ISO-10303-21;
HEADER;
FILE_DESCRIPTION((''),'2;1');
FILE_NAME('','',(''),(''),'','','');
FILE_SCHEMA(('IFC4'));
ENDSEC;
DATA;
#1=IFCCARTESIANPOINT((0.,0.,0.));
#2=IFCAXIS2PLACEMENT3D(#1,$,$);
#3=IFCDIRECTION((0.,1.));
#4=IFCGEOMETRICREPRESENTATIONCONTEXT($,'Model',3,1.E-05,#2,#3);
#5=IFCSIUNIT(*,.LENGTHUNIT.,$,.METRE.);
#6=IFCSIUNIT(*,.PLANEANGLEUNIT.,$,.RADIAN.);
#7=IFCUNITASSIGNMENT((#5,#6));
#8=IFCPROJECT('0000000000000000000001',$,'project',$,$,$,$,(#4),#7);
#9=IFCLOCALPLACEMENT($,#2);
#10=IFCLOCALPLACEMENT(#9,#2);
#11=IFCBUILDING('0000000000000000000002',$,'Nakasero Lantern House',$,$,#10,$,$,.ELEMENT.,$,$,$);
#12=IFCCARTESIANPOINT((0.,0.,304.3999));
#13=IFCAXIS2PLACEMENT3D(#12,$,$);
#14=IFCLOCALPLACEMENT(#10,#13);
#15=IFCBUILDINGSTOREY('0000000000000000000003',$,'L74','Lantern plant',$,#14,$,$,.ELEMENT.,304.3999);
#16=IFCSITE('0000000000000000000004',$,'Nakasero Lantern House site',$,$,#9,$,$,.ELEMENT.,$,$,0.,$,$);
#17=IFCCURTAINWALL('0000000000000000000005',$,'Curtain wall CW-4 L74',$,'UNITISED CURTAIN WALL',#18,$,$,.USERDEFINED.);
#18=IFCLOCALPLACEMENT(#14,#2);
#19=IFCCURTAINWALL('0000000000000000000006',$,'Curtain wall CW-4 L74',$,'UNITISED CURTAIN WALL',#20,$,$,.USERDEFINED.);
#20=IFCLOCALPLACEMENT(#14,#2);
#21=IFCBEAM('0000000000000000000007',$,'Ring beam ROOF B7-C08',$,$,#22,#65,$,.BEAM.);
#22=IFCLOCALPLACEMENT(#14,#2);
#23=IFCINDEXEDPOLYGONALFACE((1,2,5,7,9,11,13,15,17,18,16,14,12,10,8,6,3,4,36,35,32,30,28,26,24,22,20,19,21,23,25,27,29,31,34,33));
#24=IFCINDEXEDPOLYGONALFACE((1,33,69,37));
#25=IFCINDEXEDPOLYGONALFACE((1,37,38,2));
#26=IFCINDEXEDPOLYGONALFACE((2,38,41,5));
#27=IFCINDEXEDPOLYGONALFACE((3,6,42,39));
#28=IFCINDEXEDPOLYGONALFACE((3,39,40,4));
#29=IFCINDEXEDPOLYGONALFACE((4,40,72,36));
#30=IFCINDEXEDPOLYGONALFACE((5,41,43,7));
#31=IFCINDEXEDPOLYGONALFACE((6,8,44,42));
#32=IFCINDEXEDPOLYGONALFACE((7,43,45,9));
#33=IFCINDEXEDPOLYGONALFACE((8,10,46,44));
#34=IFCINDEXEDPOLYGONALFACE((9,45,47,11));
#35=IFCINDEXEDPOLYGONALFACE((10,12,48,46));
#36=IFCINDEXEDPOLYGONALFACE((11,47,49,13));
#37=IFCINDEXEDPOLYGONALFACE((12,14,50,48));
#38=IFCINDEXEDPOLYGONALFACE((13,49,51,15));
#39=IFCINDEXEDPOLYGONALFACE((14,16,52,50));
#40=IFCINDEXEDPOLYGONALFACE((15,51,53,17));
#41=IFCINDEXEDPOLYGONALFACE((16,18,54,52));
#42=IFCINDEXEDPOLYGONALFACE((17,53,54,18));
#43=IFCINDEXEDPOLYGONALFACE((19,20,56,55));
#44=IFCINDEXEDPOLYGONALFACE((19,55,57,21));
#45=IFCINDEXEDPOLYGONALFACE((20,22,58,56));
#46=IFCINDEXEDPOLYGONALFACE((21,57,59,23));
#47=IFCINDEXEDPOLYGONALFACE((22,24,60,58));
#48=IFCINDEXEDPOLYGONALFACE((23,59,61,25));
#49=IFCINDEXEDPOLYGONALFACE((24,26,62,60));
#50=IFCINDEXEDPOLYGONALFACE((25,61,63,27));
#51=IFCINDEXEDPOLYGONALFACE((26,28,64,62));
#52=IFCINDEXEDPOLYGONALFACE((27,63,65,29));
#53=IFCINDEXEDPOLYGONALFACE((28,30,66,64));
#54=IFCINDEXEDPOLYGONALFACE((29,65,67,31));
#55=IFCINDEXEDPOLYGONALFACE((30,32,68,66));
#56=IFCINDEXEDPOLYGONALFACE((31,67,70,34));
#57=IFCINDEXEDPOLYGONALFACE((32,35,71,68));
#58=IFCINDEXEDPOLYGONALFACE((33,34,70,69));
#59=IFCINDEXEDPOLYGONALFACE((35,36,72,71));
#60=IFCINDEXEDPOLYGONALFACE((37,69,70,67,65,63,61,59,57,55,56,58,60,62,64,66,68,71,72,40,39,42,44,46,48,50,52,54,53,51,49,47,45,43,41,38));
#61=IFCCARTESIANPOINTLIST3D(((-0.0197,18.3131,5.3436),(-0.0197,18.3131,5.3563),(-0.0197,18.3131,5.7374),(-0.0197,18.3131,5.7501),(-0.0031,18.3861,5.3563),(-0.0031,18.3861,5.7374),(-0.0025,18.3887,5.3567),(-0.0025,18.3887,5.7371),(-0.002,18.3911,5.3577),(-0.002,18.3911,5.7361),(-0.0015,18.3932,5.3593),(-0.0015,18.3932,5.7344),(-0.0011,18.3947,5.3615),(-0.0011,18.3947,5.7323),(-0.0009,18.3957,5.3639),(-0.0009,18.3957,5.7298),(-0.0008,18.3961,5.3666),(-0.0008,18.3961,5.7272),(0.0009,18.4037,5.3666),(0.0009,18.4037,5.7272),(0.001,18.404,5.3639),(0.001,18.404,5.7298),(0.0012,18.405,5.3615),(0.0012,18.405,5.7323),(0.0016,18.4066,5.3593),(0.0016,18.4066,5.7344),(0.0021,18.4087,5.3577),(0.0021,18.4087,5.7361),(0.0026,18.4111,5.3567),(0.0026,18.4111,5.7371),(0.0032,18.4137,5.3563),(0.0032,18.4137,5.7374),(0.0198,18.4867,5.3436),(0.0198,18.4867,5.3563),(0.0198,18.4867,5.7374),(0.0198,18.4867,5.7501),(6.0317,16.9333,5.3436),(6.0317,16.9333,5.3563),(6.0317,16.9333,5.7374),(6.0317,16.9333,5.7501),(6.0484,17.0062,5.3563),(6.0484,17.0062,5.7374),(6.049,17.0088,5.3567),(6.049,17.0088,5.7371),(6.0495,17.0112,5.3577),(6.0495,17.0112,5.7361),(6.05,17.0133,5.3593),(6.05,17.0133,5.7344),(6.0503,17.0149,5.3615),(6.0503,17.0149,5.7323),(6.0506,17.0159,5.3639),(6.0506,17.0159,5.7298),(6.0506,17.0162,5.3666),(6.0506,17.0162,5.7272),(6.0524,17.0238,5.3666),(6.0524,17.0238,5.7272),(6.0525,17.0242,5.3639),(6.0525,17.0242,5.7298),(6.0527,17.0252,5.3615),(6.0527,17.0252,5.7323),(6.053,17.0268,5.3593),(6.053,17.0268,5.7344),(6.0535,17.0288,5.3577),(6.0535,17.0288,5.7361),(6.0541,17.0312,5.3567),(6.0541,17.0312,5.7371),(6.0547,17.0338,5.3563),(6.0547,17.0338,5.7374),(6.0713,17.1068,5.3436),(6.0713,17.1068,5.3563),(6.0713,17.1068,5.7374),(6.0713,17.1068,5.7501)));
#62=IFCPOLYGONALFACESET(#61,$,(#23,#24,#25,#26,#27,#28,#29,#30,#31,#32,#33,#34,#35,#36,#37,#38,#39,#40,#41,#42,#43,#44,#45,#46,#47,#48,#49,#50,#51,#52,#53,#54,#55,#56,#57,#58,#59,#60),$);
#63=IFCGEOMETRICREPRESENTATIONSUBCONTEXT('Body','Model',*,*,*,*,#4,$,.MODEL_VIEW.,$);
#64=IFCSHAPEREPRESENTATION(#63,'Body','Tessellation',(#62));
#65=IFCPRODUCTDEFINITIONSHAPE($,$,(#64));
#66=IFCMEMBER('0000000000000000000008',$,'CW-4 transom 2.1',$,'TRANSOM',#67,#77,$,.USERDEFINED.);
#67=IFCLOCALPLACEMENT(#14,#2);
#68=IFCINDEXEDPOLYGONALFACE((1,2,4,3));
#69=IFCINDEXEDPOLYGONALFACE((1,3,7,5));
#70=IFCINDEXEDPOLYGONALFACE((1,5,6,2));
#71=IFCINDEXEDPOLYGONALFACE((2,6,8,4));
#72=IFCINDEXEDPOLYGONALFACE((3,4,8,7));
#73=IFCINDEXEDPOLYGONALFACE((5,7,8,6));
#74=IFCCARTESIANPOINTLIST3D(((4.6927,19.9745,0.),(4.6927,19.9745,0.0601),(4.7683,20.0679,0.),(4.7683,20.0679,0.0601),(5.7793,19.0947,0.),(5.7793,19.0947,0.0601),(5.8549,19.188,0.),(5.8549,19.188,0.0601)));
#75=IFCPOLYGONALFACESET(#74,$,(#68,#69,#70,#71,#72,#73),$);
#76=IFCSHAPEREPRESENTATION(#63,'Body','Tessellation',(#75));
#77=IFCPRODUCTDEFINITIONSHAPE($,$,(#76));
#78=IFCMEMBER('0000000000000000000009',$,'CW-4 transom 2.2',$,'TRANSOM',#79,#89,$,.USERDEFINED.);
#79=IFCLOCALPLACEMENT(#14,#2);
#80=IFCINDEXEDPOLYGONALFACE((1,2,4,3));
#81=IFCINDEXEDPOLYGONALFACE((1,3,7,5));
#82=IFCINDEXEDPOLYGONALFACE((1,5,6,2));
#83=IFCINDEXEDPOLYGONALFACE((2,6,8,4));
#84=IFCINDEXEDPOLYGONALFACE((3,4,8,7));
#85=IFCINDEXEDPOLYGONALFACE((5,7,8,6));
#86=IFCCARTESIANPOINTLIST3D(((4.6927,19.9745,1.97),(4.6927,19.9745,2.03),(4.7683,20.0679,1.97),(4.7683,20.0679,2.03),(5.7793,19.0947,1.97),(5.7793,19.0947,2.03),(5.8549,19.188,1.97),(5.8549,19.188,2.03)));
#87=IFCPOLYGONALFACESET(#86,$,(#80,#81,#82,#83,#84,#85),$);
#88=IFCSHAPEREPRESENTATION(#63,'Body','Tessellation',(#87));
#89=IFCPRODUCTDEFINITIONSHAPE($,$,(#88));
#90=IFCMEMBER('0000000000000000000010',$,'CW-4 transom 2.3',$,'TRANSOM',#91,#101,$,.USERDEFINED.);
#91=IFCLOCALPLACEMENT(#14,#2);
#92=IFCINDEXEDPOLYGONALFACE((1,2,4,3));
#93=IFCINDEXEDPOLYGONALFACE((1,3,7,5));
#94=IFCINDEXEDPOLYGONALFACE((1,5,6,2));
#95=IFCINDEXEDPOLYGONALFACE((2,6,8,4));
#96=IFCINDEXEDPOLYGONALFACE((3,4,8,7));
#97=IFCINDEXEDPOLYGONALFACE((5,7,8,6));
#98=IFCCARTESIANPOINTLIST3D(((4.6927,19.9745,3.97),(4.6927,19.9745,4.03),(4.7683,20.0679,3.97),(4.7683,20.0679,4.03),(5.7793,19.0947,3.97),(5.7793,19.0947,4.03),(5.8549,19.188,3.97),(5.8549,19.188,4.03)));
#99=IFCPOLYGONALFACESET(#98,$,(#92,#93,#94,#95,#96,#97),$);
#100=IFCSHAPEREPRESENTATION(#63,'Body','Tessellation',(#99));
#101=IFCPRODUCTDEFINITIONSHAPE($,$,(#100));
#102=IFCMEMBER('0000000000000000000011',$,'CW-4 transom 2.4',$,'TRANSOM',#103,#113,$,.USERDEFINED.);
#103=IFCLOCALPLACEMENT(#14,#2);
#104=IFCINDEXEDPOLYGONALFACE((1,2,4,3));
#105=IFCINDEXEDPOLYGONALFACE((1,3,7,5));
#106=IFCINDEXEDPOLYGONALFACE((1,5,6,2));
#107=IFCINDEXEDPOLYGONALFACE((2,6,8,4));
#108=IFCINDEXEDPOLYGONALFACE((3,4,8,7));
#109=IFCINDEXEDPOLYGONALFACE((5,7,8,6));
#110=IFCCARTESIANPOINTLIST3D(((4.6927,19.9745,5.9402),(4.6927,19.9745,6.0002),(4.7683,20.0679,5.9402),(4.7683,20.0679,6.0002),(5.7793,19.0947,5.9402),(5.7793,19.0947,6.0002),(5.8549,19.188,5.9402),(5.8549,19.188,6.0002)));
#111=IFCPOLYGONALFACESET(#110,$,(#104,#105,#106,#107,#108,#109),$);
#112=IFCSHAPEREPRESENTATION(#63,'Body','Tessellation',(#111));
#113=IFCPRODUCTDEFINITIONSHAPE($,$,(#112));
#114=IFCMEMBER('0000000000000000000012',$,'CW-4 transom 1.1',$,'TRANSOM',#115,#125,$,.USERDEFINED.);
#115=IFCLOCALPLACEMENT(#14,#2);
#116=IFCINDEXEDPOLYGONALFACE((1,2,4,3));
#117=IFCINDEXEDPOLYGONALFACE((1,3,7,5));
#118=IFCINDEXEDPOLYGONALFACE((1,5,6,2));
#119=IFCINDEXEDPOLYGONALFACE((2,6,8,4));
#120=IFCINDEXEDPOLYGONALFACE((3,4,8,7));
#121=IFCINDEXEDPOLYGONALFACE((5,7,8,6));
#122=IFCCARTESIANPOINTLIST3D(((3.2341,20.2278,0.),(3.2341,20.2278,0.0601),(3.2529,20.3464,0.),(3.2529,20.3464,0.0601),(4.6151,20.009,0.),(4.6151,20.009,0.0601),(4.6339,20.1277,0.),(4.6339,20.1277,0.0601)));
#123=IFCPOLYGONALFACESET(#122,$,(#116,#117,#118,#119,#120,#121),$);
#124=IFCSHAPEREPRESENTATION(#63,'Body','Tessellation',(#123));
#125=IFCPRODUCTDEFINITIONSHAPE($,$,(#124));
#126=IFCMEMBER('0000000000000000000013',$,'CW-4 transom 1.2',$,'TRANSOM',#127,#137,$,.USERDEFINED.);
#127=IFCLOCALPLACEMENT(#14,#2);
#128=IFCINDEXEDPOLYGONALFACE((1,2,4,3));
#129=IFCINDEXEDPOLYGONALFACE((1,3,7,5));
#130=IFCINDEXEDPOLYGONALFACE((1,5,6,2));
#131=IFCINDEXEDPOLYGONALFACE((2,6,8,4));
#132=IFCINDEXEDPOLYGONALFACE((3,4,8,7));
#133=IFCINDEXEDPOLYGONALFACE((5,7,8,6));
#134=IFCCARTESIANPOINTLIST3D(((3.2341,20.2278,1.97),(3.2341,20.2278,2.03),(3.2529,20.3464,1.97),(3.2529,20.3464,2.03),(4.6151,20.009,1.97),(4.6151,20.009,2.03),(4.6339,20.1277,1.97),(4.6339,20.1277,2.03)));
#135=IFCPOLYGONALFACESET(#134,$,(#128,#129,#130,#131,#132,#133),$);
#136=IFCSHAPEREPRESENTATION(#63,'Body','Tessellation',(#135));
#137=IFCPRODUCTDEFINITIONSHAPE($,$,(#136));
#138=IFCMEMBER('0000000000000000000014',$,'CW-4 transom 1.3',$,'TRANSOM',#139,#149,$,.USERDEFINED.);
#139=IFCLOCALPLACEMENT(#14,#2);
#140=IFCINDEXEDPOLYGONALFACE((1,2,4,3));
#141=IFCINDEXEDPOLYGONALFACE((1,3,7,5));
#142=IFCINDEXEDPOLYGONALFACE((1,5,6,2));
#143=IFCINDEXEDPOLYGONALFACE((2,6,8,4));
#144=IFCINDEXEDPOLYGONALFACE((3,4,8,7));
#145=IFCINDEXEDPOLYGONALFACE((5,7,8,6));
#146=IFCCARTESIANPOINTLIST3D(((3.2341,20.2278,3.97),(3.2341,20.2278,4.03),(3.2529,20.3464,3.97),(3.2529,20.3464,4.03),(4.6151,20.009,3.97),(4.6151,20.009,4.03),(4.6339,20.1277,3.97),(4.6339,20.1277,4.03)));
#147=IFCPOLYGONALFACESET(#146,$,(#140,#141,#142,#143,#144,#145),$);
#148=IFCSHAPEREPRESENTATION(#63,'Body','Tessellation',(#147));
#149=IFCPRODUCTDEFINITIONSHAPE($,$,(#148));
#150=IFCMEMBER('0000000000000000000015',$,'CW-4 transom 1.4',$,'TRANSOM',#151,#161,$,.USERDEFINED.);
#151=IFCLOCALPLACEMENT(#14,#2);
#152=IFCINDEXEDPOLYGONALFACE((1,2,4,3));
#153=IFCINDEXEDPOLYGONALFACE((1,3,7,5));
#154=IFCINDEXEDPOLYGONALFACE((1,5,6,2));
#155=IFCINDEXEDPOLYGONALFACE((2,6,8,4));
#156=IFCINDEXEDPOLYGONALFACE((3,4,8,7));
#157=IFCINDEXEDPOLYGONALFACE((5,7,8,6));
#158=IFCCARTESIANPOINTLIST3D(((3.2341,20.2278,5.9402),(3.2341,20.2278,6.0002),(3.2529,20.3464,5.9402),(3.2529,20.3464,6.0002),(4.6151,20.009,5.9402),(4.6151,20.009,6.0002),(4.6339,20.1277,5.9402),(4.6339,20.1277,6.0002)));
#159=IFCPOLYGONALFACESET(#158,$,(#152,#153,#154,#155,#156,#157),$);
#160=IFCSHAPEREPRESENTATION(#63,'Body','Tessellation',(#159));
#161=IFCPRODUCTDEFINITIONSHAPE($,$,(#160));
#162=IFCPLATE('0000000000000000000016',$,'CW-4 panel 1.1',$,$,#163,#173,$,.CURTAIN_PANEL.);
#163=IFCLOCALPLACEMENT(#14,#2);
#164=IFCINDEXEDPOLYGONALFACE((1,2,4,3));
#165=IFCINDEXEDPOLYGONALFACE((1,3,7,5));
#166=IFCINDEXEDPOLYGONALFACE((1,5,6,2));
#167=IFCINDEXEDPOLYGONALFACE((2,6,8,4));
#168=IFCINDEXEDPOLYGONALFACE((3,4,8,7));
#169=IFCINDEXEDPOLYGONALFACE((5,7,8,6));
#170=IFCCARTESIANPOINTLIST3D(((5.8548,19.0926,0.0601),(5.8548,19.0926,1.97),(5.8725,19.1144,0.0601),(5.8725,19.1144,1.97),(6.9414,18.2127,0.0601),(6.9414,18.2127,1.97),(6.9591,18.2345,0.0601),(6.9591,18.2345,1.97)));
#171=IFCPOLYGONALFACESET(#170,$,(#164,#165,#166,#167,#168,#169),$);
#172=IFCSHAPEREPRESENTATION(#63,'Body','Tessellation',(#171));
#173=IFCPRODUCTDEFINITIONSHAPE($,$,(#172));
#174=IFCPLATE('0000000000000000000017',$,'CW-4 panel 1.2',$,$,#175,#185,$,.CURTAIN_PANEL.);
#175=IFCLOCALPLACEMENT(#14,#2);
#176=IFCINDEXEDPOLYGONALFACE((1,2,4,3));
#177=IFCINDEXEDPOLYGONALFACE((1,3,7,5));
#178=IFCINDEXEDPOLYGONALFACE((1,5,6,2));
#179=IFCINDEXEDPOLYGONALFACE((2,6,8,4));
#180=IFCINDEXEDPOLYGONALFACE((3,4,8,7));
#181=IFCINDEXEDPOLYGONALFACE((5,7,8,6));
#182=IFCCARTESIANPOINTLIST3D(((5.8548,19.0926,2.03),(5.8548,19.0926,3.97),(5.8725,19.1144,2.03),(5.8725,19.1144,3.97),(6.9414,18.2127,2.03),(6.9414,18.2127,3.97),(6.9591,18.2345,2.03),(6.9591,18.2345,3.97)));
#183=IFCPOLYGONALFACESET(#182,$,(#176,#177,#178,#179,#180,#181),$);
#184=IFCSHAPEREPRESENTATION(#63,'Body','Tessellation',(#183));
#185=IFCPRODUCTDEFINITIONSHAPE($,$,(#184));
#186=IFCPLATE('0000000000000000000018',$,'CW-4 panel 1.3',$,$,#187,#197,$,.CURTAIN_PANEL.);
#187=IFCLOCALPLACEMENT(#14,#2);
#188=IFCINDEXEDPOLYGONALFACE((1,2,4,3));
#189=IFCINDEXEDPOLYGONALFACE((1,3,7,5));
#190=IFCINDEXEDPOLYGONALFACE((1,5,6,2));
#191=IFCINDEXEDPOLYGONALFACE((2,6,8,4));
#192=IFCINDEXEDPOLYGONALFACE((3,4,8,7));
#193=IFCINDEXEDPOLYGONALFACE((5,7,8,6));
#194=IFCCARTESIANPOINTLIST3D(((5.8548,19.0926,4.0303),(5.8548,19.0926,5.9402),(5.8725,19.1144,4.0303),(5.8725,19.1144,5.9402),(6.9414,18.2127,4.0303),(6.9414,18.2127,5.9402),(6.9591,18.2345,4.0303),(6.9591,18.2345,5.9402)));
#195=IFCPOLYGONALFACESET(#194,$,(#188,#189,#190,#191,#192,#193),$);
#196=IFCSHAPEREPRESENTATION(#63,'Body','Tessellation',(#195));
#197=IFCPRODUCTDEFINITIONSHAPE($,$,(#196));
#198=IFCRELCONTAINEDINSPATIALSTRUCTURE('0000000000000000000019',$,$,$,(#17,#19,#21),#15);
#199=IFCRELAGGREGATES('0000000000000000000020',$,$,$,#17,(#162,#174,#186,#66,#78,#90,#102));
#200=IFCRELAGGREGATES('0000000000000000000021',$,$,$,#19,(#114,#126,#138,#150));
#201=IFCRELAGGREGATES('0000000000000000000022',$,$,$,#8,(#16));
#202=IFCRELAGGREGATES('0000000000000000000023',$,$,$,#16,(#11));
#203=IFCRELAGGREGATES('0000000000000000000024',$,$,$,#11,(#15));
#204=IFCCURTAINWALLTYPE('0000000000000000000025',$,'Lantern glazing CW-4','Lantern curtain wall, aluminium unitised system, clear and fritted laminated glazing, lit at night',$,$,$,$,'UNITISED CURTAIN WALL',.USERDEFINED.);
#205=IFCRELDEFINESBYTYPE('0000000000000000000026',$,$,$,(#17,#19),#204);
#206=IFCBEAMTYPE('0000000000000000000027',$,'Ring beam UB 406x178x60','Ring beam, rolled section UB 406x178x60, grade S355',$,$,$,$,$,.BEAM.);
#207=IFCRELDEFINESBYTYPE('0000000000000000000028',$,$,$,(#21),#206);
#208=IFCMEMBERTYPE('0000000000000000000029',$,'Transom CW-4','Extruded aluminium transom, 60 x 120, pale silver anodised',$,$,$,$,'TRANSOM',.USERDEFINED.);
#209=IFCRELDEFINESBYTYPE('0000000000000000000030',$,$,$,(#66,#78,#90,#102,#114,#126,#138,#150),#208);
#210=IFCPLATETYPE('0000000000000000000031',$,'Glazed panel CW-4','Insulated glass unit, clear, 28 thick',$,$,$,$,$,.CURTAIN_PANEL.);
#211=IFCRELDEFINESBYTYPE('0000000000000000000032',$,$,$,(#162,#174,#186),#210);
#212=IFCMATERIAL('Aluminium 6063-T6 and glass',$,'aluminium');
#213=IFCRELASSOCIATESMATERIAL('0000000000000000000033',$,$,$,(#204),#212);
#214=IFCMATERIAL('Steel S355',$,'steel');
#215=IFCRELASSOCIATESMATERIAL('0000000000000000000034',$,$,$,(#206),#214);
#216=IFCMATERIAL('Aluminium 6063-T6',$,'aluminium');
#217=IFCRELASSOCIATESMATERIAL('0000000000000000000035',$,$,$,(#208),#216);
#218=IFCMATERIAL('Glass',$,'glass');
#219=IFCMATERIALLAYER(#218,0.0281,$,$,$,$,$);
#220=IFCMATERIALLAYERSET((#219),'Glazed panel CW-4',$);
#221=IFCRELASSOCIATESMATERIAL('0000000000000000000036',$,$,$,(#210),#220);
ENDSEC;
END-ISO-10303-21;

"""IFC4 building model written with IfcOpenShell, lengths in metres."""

from ifc_helpers import new_model, si_unit, direction, frame, origin, origin_2d, place, context, subcontext, project, spatial, rectangle, i_section, extrude, material, layer, layer_set, material_profile, profile_set, type_object, element, aggregate, save


model = new_model("IFC4")

# Units and contexts
model_context = context("Model", 3, precision=1e-05, world=origin(), true_north=direction((0.0, 1.0)))
body_context = subcontext(model_context, "Body", "Model", "MODEL_VIEW")
ifc_project = project(units=[si_unit("LENGTHUNIT", "METRE"), si_unit("PLANEANGLEUNIT", "RADIAN")], contexts=[model_context])

# Site, building, storey
site_placement = place(None, origin())
site = spatial("IfcSite", under=ifc_project, at=site_placement, Name="Nakasero Lantern House site", CompositionType="ELEMENT", RefElevation=0.0)
building_placement = place(site_placement, origin())
building = spatial("IfcBuilding", under=site, at=building_placement, Name="Nakasero Lantern House", CompositionType="ELEMENT")
storey_placement = place(building_placement, frame((0.0, 0.0, 304.3999)))
storey = spatial("IfcBuildingStorey", under=building, at=storey_placement, Name="L74", Description="Lantern plant", CompositionType="ELEMENT", Elevation=304.3999)

# Curtain walls
ifc_material_1 = material(Name="Aluminium 6063-T6 and glass", Category="aluminium")
curtain_wall_type = type_object("IfcCurtainWallType", Name="Lantern glazing CW-4", Description="Lantern curtain wall, aluminium unitised system, clear and fritted laminated glazing, lit at night", ElementType="UNITISED CURTAIN WALL", PredefinedType="USERDEFINED", material=ifc_material_1)
curtain_wall_1_placement = place(storey_placement, origin())
curtain_wall_1 = element("IfcCurtainWall", 1, at=curtain_wall_1_placement, inside=storey, type_object=curtain_wall_type, Name="Curtain wall CW-4 L74", ObjectType="UNITISED CURTAIN WALL", PredefinedType="USERDEFINED")
curtain_wall_2_placement = place(storey_placement, origin())
curtain_wall_2 = element("IfcCurtainWall", 2, at=curtain_wall_2_placement, inside=storey, type_object=curtain_wall_type, Name="Curtain wall CW-4 L74", ObjectType="UNITISED CURTAIN WALL", PredefinedType="USERDEFINED")

# Beam
ifc_material_2 = material(Name="Steel S355", Category="steel")
ifc_material_profile_1 = material_profile(ifc_material_2, i_section(OverallWidth=0.178, OverallDepth=0.4065, WebThickness=0.0078, FlangeThickness=0.0127, FilletRadius=0.0103, at=origin_2d()), Name="UB 406x178x60")
ifc_profile_set_1 = profile_set([ifc_material_profile_1], Name="Steel S355")
beam_type_1 = type_object("IfcBeamType", Name="Ring beam UB 406x178x60", Description="Ring beam, rolled section UB 406x178x60, grade S355", PredefinedType="BEAM", material=ifc_profile_set_1)
beam_1_placement = place(storey_placement, frame((6.0515, 17.02, 5.5469), z_axis=(-0.974975, 0.222316, 0.0), x_axis=(-0.222316, -0.974975, 0.0)))
element("IfcBeam", 3, at=beam_1_placement, inside=storey, type_object=beam_type_1, Name="Ring beam ROOF B7-C08", PredefinedType="BEAM", context=body_context, shape_type="SweptSolid", body=[
    extrude(i_section(OverallWidth=0.178, OverallDepth=0.4065, WebThickness=0.0078, FlangeThickness=0.0127, FilletRadius=0.0103, at=origin_2d()), origin(), (0.0, 0.0, 1.0), 6.2068),
])

# Members
ifc_material_3 = material(Name="Aluminium 6063-T6", Category="aluminium")
ifc_material_profile_2 = material_profile(ifc_material_3, rectangle(XDim=0.0601, YDim=0.1201, at=origin_2d()), Name="CW-4 transom 60x120")
ifc_profile_set_2 = profile_set([ifc_material_profile_2], Name="Aluminium 6063-T6")
member_type_1 = type_object("IfcMemberType", Name="Transom CW-4", Description="Extruded aluminium transom, 60 x 120, pale silver anodised", ElementType="TRANSOM", PredefinedType="USERDEFINED", material=ifc_profile_set_2)
member_1_placement = place(storey_placement, frame((5.8171, 19.1414, 0.03), z_axis=(-0.777176, 0.629284, 0.0), x_axis=(0.0, 0.0, 1.0)))
member_1 = element("IfcMember", 4, at=member_1_placement, type_object=member_type_1, Name="CW-4 transom 2.1", ObjectType="TRANSOM", PredefinedType="USERDEFINED", context=body_context, shape_type="SweptSolid", body=[
    extrude(rectangle(XDim=0.0601, YDim=0.1201, at=origin_2d()), origin(), (0.0, 0.0, 1.0), 1.3982),
])
member_2_placement = place(storey_placement, frame((5.8171, 19.1414, 2.0), z_axis=(-0.777176, 0.629284, 0.0), x_axis=(0.0, 0.0, 1.0)))
member_2 = element("IfcMember", 5, at=member_2_placement, type_object=member_type_1, Name="CW-4 transom 2.2", ObjectType="TRANSOM", PredefinedType="USERDEFINED", context=body_context, shape_type="SweptSolid", body=[
    extrude(rectangle(XDim=0.0601, YDim=0.1201, at=origin_2d()), origin(), (0.0, 0.0, 1.0), 1.3982),
])
member_3_placement = place(storey_placement, frame((5.8171, 19.1414, 4.0), z_axis=(-0.777176, 0.629284, 0.0), x_axis=(0.0, 0.0, 1.0)))
member_3 = element("IfcMember", 6, at=member_3_placement, type_object=member_type_1, Name="CW-4 transom 2.3", ObjectType="TRANSOM", PredefinedType="USERDEFINED", context=body_context, shape_type="SweptSolid", body=[
    extrude(rectangle(XDim=0.0601, YDim=0.1201, at=origin_2d()), origin(), (0.0, 0.0, 1.0), 1.3982),
])
member_4_placement = place(storey_placement, frame((5.8171, 19.1414, 5.9702), z_axis=(-0.777176, 0.629284, 0.0), x_axis=(0.0, 0.0, 1.0)))
member_4 = element("IfcMember", 7, at=member_4_placement, type_object=member_type_1, Name="CW-4 transom 2.4", ObjectType="TRANSOM", PredefinedType="USERDEFINED", context=body_context, shape_type="SweptSolid", body=[
    extrude(rectangle(XDim=0.0601, YDim=0.1201, at=origin_2d()), origin(), (0.0, 0.0, 1.0), 1.3982),
])
member_5_placement = place(storey_placement, frame((4.6245, 20.0684, 0.03), z_axis=(-0.987684, 0.156465, 0.0), x_axis=(0.0, 0.0, 1.0)))
member_5 = element("IfcMember", 8, at=member_5_placement, type_object=member_type_1, Name="CW-4 transom 1.1", ObjectType="TRANSOM", PredefinedType="USERDEFINED", context=body_context, shape_type="SweptSolid", body=[
    extrude(rectangle(XDim=0.0601, YDim=0.1201, at=origin_2d()), origin(), (0.0, 0.0, 1.0), 1.3982),
])
member_6_placement = place(storey_placement, frame((4.6245, 20.0684, 2.0), z_axis=(-0.987684, 0.156465, 0.0), x_axis=(0.0, 0.0, 1.0)))
member_6 = element("IfcMember", 9, at=member_6_placement, type_object=member_type_1, Name="CW-4 transom 1.2", ObjectType="TRANSOM", PredefinedType="USERDEFINED", context=body_context, shape_type="SweptSolid", body=[
    extrude(rectangle(XDim=0.0601, YDim=0.1201, at=origin_2d()), origin(), (0.0, 0.0, 1.0), 1.3982),
])
member_7_placement = place(storey_placement, frame((4.6245, 20.0684, 4.0), z_axis=(-0.987684, 0.156465, 0.0), x_axis=(0.0, 0.0, 1.0)))
member_7 = element("IfcMember", 10, at=member_7_placement, type_object=member_type_1, Name="CW-4 transom 1.3", ObjectType="TRANSOM", PredefinedType="USERDEFINED", context=body_context, shape_type="SweptSolid", body=[
    extrude(rectangle(XDim=0.0601, YDim=0.1201, at=origin_2d()), origin(), (0.0, 0.0, 1.0), 1.3982),
])
member_8_placement = place(storey_placement, frame((4.6245, 20.0684, 5.9702), z_axis=(-0.987684, 0.156465, 0.0), x_axis=(0.0, 0.0, 1.0)))
member_8 = element("IfcMember", 11, at=member_8_placement, type_object=member_type_1, Name="CW-4 transom 1.4", ObjectType="TRANSOM", PredefinedType="USERDEFINED", context=body_context, shape_type="SweptSolid", body=[
    extrude(rectangle(XDim=0.0601, YDim=0.1201, at=origin_2d()), origin(), (0.0, 0.0, 1.0), 1.3982),
])

# Plates
ifc_material_4 = material(Name="Glass", Category="glass")
ifc_layer_1 = layer(ifc_material_4, 0.0281)
ifc_layer_set_1 = layer_set([ifc_layer_1], Name="Glazed panel CW-4")
plate_type = type_object("IfcPlateType", Name="Glazed panel CW-4", Description="Insulated glass unit, clear, 28 thick", PredefinedType="CURTAIN_PANEL", material=ifc_layer_set_1)
plate_1_placement = place(storey_placement, frame((6.407, 18.6636, 0.0601), z_axis=(0.0, 0.0, 1.0), x_axis=(-0.777146, 0.62932, 0.0)))
plate_1 = element("IfcPlate", 12, at=plate_1_placement, type_object=plate_type, Name="CW-4 panel 1.1", PredefinedType="CURTAIN_PANEL", context=body_context, shape_type="SweptSolid", body=[
    extrude(rectangle(XDim=1.3982, YDim=0.0281, at=origin_2d()), origin(), (0.0, 0.0, 1.0), 1.9099),
])
plate_2_placement = place(storey_placement, frame((6.407, 18.6636, 2.03), z_axis=(0.0, 0.0, 1.0), x_axis=(-0.777146, 0.62932, 0.0)))
plate_2 = element("IfcPlate", 13, at=plate_2_placement, type_object=plate_type, Name="CW-4 panel 1.2", PredefinedType="CURTAIN_PANEL", context=body_context, shape_type="SweptSolid", body=[
    extrude(rectangle(XDim=1.3982, YDim=0.0281, at=origin_2d()), origin(), (0.0, 0.0, 1.0), 1.9399),
])
plate_3_placement = place(storey_placement, frame((6.407, 18.6636, 4.0303), z_axis=(0.0, 0.0, 1.0), x_axis=(-0.777146, 0.62932, 0.0)))
plate_3 = element("IfcPlate", 14, at=plate_3_placement, type_object=plate_type, Name="CW-4 panel 1.3", PredefinedType="CURTAIN_PANEL", context=body_context, shape_type="SweptSolid", body=[
    extrude(rectangle(XDim=1.3982, YDim=0.0281, at=origin_2d()), origin(), (0.0, 0.0, 1.0), 1.9099),
])
aggregate(curtain_wall_1, [plate_1, plate_2, plate_3, member_1, member_2, member_3, member_4])
aggregate(curtain_wall_2, [member_5, member_6, member_7, member_8])

save(model, "model.ifc")
